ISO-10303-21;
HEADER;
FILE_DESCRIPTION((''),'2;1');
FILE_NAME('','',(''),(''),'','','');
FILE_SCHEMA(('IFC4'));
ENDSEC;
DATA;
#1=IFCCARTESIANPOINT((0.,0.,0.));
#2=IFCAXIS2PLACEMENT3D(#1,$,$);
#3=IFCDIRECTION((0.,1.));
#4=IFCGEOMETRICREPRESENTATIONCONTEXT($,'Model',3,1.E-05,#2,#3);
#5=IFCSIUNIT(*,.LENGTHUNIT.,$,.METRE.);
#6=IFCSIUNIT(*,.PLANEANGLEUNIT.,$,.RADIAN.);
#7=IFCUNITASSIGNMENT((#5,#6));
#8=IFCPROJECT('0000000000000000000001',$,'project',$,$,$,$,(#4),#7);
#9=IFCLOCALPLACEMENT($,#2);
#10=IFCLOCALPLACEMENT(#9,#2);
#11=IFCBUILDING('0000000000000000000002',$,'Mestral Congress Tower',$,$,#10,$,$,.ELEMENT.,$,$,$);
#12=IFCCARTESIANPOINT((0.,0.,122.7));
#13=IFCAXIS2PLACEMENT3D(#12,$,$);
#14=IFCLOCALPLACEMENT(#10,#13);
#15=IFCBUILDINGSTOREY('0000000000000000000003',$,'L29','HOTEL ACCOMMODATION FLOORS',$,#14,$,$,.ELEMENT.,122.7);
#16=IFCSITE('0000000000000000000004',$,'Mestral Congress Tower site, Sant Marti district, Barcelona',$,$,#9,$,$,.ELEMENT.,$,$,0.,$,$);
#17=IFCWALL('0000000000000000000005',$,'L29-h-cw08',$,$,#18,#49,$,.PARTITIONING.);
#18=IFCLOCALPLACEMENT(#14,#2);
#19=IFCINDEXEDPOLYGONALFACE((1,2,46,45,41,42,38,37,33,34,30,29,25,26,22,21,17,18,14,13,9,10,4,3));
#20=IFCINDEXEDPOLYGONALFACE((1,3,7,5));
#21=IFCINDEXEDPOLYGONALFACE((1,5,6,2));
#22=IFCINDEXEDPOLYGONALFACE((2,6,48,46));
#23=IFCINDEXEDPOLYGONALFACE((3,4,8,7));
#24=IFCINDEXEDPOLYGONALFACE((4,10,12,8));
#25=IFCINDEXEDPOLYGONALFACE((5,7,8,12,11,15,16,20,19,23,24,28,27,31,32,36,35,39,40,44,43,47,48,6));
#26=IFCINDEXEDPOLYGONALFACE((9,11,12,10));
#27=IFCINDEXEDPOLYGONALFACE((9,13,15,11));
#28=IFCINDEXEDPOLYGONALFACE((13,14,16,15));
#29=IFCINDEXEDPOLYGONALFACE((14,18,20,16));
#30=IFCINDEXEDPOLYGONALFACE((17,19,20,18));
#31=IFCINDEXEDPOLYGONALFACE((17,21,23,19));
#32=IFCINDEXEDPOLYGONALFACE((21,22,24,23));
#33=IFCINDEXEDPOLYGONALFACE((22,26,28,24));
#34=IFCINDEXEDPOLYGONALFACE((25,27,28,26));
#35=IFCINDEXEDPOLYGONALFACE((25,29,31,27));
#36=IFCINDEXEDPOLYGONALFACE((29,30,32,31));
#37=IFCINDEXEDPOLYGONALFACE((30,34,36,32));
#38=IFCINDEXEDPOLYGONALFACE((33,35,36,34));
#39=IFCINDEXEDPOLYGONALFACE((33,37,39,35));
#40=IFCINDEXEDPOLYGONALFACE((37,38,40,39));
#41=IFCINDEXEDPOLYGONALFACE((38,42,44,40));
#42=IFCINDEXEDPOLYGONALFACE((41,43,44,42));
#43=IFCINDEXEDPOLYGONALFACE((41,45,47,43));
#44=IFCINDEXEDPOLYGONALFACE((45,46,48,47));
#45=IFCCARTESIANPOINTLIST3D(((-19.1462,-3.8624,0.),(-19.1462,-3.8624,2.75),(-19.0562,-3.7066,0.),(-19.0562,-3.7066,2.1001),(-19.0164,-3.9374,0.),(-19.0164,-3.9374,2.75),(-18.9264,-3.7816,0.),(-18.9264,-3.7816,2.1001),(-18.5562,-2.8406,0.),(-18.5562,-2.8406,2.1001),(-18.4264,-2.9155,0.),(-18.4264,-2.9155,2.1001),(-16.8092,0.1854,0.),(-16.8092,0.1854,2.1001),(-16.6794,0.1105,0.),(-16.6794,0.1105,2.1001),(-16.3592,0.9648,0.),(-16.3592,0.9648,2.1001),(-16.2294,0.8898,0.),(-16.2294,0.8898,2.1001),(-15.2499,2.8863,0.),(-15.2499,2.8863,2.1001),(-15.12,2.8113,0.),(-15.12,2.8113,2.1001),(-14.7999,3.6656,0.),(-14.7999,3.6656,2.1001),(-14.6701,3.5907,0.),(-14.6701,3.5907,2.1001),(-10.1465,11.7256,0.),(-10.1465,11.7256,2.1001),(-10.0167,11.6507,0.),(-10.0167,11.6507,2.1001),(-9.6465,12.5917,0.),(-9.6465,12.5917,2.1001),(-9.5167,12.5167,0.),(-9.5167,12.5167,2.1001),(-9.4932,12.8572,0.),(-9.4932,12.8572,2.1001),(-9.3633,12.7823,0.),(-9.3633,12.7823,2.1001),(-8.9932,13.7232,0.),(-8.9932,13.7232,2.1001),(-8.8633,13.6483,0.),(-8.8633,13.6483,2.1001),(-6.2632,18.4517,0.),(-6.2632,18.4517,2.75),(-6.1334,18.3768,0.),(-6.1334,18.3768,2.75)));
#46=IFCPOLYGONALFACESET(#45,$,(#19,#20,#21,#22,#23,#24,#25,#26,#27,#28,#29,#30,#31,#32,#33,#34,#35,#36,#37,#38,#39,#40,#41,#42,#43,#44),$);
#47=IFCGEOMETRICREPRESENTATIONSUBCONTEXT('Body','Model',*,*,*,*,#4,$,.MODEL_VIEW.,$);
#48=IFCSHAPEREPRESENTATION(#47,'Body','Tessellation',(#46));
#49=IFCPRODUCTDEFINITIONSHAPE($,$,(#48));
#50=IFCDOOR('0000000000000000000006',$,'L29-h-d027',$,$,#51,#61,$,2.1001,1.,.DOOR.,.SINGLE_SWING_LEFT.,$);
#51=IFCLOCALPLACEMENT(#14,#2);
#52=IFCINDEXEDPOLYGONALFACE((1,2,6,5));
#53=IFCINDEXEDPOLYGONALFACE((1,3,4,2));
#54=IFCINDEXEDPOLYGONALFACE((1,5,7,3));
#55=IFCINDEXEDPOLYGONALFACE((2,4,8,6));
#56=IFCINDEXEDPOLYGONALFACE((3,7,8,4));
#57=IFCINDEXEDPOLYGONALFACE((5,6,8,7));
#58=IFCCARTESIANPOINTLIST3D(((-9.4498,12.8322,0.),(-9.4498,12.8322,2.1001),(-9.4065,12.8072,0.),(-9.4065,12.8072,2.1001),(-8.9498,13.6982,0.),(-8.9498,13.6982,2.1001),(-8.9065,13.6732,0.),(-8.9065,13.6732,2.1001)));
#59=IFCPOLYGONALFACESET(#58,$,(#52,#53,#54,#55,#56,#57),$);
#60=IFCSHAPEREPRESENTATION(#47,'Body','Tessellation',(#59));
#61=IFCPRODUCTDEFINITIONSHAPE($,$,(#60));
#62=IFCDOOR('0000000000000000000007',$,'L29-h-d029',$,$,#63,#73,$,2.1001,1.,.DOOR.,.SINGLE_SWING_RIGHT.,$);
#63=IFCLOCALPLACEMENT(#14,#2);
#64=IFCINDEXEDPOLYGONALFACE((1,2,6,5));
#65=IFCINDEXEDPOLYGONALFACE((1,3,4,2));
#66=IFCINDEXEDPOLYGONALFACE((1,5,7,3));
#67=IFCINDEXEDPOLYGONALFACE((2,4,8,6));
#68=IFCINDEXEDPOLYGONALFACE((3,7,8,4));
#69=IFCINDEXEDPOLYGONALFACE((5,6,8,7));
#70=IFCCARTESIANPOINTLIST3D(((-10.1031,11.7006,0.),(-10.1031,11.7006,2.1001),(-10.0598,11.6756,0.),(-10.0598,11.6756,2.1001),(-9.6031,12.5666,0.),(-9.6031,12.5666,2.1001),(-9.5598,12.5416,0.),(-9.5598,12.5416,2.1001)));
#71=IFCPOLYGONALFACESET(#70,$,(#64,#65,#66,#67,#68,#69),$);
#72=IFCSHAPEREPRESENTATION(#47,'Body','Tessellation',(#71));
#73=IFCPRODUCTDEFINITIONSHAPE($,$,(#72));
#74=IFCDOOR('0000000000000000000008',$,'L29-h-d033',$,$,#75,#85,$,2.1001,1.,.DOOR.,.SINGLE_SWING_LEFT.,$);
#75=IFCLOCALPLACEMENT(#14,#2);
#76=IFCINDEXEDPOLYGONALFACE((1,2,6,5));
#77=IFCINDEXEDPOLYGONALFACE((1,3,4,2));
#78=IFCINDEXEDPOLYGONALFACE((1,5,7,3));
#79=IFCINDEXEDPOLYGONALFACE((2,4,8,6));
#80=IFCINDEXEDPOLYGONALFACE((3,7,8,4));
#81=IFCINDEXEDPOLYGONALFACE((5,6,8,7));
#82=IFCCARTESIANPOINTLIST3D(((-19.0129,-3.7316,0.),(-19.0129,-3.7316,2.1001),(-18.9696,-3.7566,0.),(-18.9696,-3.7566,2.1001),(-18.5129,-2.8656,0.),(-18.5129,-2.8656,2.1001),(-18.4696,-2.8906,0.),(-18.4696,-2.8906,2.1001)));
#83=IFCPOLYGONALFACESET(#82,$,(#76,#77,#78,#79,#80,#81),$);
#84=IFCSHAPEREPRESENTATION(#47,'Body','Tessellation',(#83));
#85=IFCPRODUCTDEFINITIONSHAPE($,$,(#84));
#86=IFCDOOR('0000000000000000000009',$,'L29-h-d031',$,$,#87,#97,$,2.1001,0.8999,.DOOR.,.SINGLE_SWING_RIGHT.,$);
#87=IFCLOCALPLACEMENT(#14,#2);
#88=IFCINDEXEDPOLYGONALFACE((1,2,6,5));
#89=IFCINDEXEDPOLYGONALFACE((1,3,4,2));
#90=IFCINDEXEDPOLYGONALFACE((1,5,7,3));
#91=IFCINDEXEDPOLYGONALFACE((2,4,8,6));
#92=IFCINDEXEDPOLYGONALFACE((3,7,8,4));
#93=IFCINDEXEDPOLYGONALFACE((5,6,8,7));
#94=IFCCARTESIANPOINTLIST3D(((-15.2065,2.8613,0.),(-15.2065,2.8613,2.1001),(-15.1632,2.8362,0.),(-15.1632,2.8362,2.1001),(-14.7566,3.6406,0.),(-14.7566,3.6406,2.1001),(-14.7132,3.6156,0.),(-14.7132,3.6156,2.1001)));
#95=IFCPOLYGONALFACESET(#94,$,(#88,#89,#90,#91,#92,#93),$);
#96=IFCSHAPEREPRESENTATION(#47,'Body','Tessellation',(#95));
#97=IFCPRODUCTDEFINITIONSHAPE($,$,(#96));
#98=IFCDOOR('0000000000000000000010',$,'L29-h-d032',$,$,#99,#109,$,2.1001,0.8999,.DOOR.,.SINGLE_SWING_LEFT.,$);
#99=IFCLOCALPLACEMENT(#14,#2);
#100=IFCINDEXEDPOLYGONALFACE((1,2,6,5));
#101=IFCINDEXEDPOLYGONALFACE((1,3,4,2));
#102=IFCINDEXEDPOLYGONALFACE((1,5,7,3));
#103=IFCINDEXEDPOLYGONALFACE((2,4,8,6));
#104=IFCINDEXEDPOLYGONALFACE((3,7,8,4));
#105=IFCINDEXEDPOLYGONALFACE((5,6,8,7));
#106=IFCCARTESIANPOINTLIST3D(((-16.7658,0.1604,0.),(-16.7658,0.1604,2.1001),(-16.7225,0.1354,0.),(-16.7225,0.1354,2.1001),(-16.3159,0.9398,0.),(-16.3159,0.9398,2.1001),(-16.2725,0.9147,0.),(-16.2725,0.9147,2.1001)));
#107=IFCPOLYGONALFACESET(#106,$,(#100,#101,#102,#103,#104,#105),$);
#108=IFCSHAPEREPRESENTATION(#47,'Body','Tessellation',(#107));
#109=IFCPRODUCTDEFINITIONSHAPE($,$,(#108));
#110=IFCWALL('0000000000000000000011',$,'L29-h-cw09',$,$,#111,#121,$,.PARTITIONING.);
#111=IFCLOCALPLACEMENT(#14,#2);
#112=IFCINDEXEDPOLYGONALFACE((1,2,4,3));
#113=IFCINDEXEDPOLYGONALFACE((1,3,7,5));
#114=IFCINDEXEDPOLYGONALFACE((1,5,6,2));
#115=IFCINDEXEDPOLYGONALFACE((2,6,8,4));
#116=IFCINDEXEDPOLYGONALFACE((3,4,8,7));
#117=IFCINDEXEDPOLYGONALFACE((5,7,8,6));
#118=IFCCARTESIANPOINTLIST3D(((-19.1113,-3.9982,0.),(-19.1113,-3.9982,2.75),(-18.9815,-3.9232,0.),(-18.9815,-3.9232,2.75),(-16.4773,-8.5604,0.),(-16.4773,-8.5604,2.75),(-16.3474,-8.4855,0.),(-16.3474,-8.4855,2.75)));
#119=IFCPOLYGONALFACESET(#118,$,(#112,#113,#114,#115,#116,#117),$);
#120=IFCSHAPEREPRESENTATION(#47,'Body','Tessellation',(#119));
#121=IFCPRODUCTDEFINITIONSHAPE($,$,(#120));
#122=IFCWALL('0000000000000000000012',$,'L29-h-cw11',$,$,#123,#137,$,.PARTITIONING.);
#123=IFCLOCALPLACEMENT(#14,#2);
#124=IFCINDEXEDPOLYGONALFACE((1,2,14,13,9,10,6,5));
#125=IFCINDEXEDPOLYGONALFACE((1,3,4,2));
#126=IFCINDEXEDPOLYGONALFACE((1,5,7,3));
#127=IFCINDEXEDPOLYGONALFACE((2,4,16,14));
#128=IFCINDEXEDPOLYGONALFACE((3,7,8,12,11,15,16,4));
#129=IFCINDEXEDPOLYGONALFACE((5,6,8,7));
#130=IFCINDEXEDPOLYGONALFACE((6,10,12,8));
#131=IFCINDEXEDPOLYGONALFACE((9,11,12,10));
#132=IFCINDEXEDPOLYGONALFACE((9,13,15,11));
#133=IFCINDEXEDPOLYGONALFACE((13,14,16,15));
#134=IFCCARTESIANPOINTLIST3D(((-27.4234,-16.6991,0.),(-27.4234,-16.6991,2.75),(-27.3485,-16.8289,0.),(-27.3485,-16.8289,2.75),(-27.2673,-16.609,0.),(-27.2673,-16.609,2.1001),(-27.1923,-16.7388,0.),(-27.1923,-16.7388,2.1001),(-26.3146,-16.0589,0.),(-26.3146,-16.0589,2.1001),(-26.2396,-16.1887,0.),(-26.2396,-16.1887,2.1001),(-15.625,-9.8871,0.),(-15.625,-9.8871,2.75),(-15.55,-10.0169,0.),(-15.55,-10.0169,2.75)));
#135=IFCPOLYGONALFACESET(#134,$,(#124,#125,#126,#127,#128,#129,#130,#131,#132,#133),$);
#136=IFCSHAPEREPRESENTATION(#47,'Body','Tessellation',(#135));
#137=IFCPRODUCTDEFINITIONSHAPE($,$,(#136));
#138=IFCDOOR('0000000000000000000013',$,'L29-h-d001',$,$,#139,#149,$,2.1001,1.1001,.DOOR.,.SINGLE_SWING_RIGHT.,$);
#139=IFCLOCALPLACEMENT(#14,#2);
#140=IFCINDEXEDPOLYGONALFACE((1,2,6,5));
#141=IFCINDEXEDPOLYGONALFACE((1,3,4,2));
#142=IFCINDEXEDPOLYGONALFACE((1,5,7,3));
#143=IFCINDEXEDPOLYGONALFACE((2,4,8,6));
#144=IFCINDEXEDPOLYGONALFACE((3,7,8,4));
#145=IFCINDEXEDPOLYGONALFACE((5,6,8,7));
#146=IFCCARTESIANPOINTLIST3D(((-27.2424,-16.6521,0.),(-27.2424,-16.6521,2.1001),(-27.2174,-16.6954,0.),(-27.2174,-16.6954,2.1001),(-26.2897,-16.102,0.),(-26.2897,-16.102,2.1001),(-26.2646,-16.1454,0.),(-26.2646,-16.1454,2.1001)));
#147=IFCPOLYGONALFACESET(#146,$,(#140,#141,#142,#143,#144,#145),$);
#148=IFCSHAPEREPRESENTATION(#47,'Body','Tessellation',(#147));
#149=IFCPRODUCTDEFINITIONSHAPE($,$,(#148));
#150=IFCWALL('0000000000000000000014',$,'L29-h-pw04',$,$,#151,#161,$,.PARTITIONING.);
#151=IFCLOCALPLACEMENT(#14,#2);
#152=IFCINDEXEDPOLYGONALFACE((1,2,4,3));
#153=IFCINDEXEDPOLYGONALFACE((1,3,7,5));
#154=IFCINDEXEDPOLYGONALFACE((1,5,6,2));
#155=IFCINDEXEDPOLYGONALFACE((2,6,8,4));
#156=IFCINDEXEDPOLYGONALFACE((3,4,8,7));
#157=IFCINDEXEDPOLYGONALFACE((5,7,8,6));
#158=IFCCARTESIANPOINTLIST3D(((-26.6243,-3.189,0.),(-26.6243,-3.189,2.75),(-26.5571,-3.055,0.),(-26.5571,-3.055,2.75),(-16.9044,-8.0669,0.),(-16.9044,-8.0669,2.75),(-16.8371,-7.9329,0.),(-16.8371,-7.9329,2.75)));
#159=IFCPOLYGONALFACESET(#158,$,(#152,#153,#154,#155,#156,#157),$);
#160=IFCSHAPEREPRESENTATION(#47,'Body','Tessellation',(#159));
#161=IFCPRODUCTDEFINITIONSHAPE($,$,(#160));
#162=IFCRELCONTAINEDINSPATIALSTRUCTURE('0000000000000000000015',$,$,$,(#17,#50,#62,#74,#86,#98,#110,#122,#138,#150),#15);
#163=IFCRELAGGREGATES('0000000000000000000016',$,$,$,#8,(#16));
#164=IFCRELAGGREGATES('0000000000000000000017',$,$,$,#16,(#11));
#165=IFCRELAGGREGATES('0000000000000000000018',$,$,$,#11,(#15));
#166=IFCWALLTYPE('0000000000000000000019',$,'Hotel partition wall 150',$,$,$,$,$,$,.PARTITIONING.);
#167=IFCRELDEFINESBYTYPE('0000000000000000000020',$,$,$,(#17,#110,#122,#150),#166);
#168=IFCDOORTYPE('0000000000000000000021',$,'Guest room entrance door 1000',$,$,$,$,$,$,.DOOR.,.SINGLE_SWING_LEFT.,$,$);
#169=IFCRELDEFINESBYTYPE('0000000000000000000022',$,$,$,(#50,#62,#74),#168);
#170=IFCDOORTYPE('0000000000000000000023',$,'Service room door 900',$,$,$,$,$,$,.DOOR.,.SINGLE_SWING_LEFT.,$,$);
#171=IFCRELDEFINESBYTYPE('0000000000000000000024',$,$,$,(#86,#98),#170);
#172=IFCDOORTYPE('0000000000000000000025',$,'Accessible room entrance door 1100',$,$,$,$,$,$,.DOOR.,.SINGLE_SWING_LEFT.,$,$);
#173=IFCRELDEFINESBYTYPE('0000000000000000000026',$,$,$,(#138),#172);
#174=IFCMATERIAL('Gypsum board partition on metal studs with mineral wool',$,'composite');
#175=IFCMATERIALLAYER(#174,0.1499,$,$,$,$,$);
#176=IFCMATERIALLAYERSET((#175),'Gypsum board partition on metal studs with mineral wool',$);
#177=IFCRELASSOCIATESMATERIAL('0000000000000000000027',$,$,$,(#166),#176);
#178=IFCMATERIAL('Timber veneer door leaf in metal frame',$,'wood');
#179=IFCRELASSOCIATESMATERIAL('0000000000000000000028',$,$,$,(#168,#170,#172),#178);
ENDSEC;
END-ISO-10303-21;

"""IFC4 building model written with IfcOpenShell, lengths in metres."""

from ifc_helpers import new_model, si_unit, direction, frame, frame_2d, origin, place, context, subcontext, project, spatial, rectangle, extrude, material, layer, layer_set, type_object, element, fill, save


model = new_model("IFC4")

# Units and contexts
model_context = context("Model", 3, precision=1e-05, world=origin(), true_north=direction((0.0, 1.0)))
body_context = subcontext(model_context, "Body", "Model", "MODEL_VIEW")
ifc_project = project(units=[si_unit("LENGTHUNIT", "METRE"), si_unit("PLANEANGLEUNIT", "RADIAN")], contexts=[model_context])

# Site, building, storey
site_placement = place(None, origin())
site = spatial("IfcSite", under=ifc_project, at=site_placement, Name="Mestral Congress Tower site, Sant Marti district, Barcelona", CompositionType="ELEMENT", RefElevation=0.0)
building_placement = place(site_placement, origin())
building = spatial("IfcBuilding", under=site, at=building_placement, Name="Mestral Congress Tower", CompositionType="ELEMENT")
storey_placement = place(building_placement, frame((0.0, 0.0, 122.7)))
storey = spatial("IfcBuildingStorey", under=building, at=storey_placement, Name="L29", Description="HOTEL ACCOMMODATION FLOORS", CompositionType="ELEMENT", Elevation=122.7)

# Shared definitions
ifc_material_1 = material(Name="Gypsum board partition on metal studs with mineral wool", Category="composite")

# Wall, openings, doors
ifc_layer_1 = layer(ifc_material_1, 0.1499)
ifc_layer_set_1 = layer_set([ifc_layer_1], Name="Gypsum board partition on metal studs with mineral wool")
wall_type_1 = type_object("IfcWallType", Name="Hotel partition wall 150", PredefinedType="PARTITIONING", material=ifc_layer_set_1)
wall_1_placement = place(storey_placement, frame((-19.0813, -3.8999, 0.0), z_axis=(0.0, 0.0, 1.0), x_axis=(0.499998, 0.866026, 0.0)))
wall_1 = element("IfcWall", 1, at=wall_1_placement, inside=storey, type_object=wall_type_1, Name="L29-h-cw08", PredefinedType="PARTITIONING", context=body_context, shape_type="SweptSolid", body=[
    extrude(rectangle(XDim=25.7661, YDim=0.1499, at=frame_2d((12.8831, 0.0))), origin(), (0.0, 0.0, 1.0), 2.75),
])
opening_1_placement = place(wall_1_placement, frame((19.3062, 0.0, 0.0)))
opening_1 = element("IfcOpeningElement", 2, at=opening_1_placement, cuts=wall_1, PredefinedType="OPENING", context=body_context, shape_type="SweptSolid", body=[
    extrude(rectangle(XDim=1.0, YDim=2.1001, at=frame_2d((0.5, 1.05))), frame((0.0, 0.085, 0.0), z_axis=(0.0, -1.0, 0.0), x_axis=(1.0, 0.0, 0.0)), (0.0, 0.0, 1.0), 0.1699),
])
opening_2_placement = place(wall_1_placement, frame((17.9995, 0.0, 0.0)))
opening_2 = element("IfcOpeningElement", 3, at=opening_2_placement, cuts=wall_1, PredefinedType="OPENING", context=body_context, shape_type="SweptSolid", body=[
    extrude(rectangle(XDim=1.0, YDim=2.1001, at=frame_2d((0.5, 1.05))), frame((0.0, 0.085, 0.0), z_axis=(0.0, -1.0, 0.0), x_axis=(1.0, 0.0, 0.0)), (0.0, 0.0, 1.0), 0.1699),
])
opening_3_placement = place(wall_1_placement, frame((7.7927, 0.0, 0.0)))
opening_3 = element("IfcOpeningElement", 4, at=opening_3_placement, cuts=wall_1, PredefinedType="OPENING", context=body_context, shape_type="SweptSolid", body=[
    extrude(rectangle(XDim=0.8999, YDim=2.1001, at=frame_2d((0.45, 1.05))), frame((0.0, 0.085, 0.0), z_axis=(0.0, -1.0, 0.0), x_axis=(1.0, 0.0, 0.0)), (0.0, 0.0, 1.0), 0.1699),
])
opening_4_placement = place(wall_1_placement, frame((4.6741, 0.0, 0.0)))
opening_4 = element("IfcOpeningElement", 5, at=opening_4_placement, cuts=wall_1, PredefinedType="OPENING", context=body_context, shape_type="SweptSolid", body=[
    extrude(rectangle(XDim=0.8999, YDim=2.1001, at=frame_2d((0.45, 1.05))), frame((0.0, 0.085, 0.0), z_axis=(0.0, -1.0, 0.0), x_axis=(1.0, 0.0, 0.0)), (0.0, 0.0, 1.0), 0.1699),
])
opening_5_placement = place(wall_1_placement, frame((0.1799, 0.0, 0.0)))
opening_5 = element("IfcOpeningElement", 6, at=opening_5_placement, cuts=wall_1, PredefinedType="OPENING", context=body_context, shape_type="SweptSolid", body=[
    extrude(rectangle(XDim=1.0, YDim=2.1001, at=frame_2d((0.5, 1.05))), frame((0.0, 0.085, 0.0), z_axis=(0.0, -1.0, 0.0), x_axis=(1.0, 0.0, 0.0)), (0.0, 0.0, 1.0), 0.1699),
])
ifc_material_2 = material(Name="Timber veneer door leaf in metal frame", Category="wood")
door_type_1 = type_object("IfcDoorType", Name="Guest room entrance door 1000", OperationType="SINGLE_SWING_LEFT", PredefinedType="DOOR", material=ifc_material_2)
door_1_placement = place(opening_1_placement, origin())
door_1 = element("IfcDoor", 7, at=door_1_placement, inside=storey, type_object=door_type_1, Name="L29-h-d027", OperationType="SINGLE_SWING_LEFT", OverallHeight=2.1001, OverallWidth=1.0, PredefinedType="DOOR", context=body_context, shape_type="SweptSolid", body=[
    extrude(rectangle(XDim=1.0, YDim=2.1001, at=frame_2d((0.5, 1.05))), frame((0.0, 0.0249, 0.0), z_axis=(0.0, -1.0, 0.0), x_axis=(1.0, 0.0, 0.0)), (0.0, 0.0, 1.0), 0.05),
])
fill(opening_1, door_1)
door_2_placement = place(opening_2_placement, origin())
door_2 = element("IfcDoor", 8, at=door_2_placement, inside=storey, type_object=door_type_1, Name="L29-h-d029", OperationType="SINGLE_SWING_RIGHT", OverallHeight=2.1001, OverallWidth=1.0, PredefinedType="DOOR", context=body_context, shape_type="SweptSolid", body=[
    extrude(rectangle(XDim=1.0, YDim=2.1001, at=frame_2d((0.5, 1.05))), frame((0.0, 0.0249, 0.0), z_axis=(0.0, -1.0, 0.0), x_axis=(1.0, 0.0, 0.0)), (0.0, 0.0, 1.0), 0.05),
])
fill(opening_2, door_2)
door_3_placement = place(opening_5_placement, origin())
door_3 = element("IfcDoor", 9, at=door_3_placement, inside=storey, type_object=door_type_1, Name="L29-h-d033", OperationType="SINGLE_SWING_LEFT", OverallHeight=2.1001, OverallWidth=1.0, PredefinedType="DOOR", context=body_context, shape_type="SweptSolid", body=[
    extrude(rectangle(XDim=1.0, YDim=2.1001, at=frame_2d((0.5, 1.05))), frame((0.0, 0.0249, 0.0), z_axis=(0.0, -1.0, 0.0), x_axis=(1.0, 0.0, 0.0)), (0.0, 0.0, 1.0), 0.05),
])
fill(opening_5, door_3)
door_type_2 = type_object("IfcDoorType", Name="Service room door 900", OperationType="SINGLE_SWING_LEFT", PredefinedType="DOOR", material=ifc_material_2)
door_4_placement = place(opening_3_placement, origin())
door_4 = element("IfcDoor", 10, at=door_4_placement, inside=storey, type_object=door_type_2, Name="L29-h-d031", OperationType="SINGLE_SWING_RIGHT", OverallHeight=2.1001, OverallWidth=0.8999, PredefinedType="DOOR", context=body_context, shape_type="SweptSolid", body=[
    extrude(rectangle(XDim=0.8999, YDim=2.1001, at=frame_2d((0.45, 1.05))), frame((0.0, 0.0249, 0.0), z_axis=(0.0, -1.0, 0.0), x_axis=(1.0, 0.0, 0.0)), (0.0, 0.0, 1.0), 0.05),
])
fill(opening_3, door_4)
door_5_placement = place(opening_4_placement, origin())
door_5 = element("IfcDoor", 11, at=door_5_placement, inside=storey, type_object=door_type_2, Name="L29-h-d032", OperationType="SINGLE_SWING_LEFT", OverallHeight=2.1001, OverallWidth=0.8999, PredefinedType="DOOR", context=body_context, shape_type="SweptSolid", body=[
    extrude(rectangle(XDim=0.8999, YDim=2.1001, at=frame_2d((0.45, 1.05))), frame((0.0, 0.0249, 0.0), z_axis=(0.0, -1.0, 0.0), x_axis=(1.0, 0.0, 0.0)), (0.0, 0.0, 1.0), 0.05),
])
fill(opening_4, door_5)

# Wall
wall_2_placement = place(storey_placement, frame((-16.4124, -8.5229, 0.0), z_axis=(0.0, 0.0, 1.0), x_axis=(-0.500002, 0.866024, 0.0)))
element("IfcWall", 12, at=wall_2_placement, inside=storey, type_object=wall_type_1, Name="L29-h-cw09", PredefinedType="PARTITIONING", context=body_context, shape_type="SweptSolid", body=[
    extrude(rectangle(XDim=5.2681, YDim=0.1499, at=frame_2d((2.634, 0.0))), origin(), (0.0, 0.0, 1.0), 2.75),
])

# Wall, opening, door
wall_3_placement = place(storey_placement, frame((-15.5874, -9.9519, 0.0), z_axis=(0.0, 0.0, 1.0), x_axis=(-0.866018, -0.500013, 0.0)))
wall_3 = element("IfcWall", 13, at=wall_3_placement, inside=storey, type_object=wall_type_1, Name="L29-h-cw11", PredefinedType="PARTITIONING", context=body_context, shape_type="SweptSolid", body=[
    extrude(rectangle(XDim=13.6238, YDim=0.1499, at=frame_2d((6.812, 0.0))), origin(), (0.0, 0.0, 1.0), 2.75),
])
opening_6_placement = place(wall_3_placement, frame((12.3435, 0.0, 0.0)))
opening_6 = element("IfcOpeningElement", 14, at=opening_6_placement, cuts=wall_3, PredefinedType="OPENING", context=body_context, shape_type="SweptSolid", body=[
    extrude(rectangle(XDim=1.1001, YDim=2.1001, at=frame_2d((0.55, 1.05))), frame((0.0, 0.085, 0.0), z_axis=(0.0, -1.0, 0.0), x_axis=(1.0, 0.0, 0.0)), (0.0, 0.0, 1.0), 0.1699),
])
door_type_3 = type_object("IfcDoorType", Name="Accessible room entrance door 1100", OperationType="SINGLE_SWING_LEFT", PredefinedType="DOOR", material=ifc_material_2)
door_6_placement = place(opening_6_placement, origin())
door_6 = element("IfcDoor", 15, at=door_6_placement, inside=storey, type_object=door_type_3, Name="L29-h-d001", OperationType="SINGLE_SWING_RIGHT", OverallHeight=2.1001, OverallWidth=1.1001, PredefinedType="DOOR", context=body_context, shape_type="SweptSolid", body=[
    extrude(rectangle(XDim=1.1001, YDim=2.1001, at=frame_2d((0.55, 1.05))), frame((0.0, 0.0249, 0.0), z_axis=(0.0, -1.0, 0.0), x_axis=(1.0, 0.0, 0.0)), (0.0, 0.0, 1.0), 0.05),
])
fill(opening_6, door_6)

# Wall
wall_4_placement = place(storey_placement, frame((-26.5906, -3.1221, 0.0), z_axis=(0.0, 0.0, 1.0), x_axis=(0.893766, -0.448533, 0.0)))
element("IfcWall", 16, at=wall_4_placement, inside=storey, type_object=wall_type_1, Name="L29-h-pw04", PredefinedType="PARTITIONING", context=body_context, shape_type="SweptSolid", body=[
    extrude(rectangle(XDim=10.8752, YDim=0.1499, at=frame_2d((5.4375, 0.0))), origin(), (0.0, 0.0, 1.0), 2.75),
])

save(model, "model.ifc")
